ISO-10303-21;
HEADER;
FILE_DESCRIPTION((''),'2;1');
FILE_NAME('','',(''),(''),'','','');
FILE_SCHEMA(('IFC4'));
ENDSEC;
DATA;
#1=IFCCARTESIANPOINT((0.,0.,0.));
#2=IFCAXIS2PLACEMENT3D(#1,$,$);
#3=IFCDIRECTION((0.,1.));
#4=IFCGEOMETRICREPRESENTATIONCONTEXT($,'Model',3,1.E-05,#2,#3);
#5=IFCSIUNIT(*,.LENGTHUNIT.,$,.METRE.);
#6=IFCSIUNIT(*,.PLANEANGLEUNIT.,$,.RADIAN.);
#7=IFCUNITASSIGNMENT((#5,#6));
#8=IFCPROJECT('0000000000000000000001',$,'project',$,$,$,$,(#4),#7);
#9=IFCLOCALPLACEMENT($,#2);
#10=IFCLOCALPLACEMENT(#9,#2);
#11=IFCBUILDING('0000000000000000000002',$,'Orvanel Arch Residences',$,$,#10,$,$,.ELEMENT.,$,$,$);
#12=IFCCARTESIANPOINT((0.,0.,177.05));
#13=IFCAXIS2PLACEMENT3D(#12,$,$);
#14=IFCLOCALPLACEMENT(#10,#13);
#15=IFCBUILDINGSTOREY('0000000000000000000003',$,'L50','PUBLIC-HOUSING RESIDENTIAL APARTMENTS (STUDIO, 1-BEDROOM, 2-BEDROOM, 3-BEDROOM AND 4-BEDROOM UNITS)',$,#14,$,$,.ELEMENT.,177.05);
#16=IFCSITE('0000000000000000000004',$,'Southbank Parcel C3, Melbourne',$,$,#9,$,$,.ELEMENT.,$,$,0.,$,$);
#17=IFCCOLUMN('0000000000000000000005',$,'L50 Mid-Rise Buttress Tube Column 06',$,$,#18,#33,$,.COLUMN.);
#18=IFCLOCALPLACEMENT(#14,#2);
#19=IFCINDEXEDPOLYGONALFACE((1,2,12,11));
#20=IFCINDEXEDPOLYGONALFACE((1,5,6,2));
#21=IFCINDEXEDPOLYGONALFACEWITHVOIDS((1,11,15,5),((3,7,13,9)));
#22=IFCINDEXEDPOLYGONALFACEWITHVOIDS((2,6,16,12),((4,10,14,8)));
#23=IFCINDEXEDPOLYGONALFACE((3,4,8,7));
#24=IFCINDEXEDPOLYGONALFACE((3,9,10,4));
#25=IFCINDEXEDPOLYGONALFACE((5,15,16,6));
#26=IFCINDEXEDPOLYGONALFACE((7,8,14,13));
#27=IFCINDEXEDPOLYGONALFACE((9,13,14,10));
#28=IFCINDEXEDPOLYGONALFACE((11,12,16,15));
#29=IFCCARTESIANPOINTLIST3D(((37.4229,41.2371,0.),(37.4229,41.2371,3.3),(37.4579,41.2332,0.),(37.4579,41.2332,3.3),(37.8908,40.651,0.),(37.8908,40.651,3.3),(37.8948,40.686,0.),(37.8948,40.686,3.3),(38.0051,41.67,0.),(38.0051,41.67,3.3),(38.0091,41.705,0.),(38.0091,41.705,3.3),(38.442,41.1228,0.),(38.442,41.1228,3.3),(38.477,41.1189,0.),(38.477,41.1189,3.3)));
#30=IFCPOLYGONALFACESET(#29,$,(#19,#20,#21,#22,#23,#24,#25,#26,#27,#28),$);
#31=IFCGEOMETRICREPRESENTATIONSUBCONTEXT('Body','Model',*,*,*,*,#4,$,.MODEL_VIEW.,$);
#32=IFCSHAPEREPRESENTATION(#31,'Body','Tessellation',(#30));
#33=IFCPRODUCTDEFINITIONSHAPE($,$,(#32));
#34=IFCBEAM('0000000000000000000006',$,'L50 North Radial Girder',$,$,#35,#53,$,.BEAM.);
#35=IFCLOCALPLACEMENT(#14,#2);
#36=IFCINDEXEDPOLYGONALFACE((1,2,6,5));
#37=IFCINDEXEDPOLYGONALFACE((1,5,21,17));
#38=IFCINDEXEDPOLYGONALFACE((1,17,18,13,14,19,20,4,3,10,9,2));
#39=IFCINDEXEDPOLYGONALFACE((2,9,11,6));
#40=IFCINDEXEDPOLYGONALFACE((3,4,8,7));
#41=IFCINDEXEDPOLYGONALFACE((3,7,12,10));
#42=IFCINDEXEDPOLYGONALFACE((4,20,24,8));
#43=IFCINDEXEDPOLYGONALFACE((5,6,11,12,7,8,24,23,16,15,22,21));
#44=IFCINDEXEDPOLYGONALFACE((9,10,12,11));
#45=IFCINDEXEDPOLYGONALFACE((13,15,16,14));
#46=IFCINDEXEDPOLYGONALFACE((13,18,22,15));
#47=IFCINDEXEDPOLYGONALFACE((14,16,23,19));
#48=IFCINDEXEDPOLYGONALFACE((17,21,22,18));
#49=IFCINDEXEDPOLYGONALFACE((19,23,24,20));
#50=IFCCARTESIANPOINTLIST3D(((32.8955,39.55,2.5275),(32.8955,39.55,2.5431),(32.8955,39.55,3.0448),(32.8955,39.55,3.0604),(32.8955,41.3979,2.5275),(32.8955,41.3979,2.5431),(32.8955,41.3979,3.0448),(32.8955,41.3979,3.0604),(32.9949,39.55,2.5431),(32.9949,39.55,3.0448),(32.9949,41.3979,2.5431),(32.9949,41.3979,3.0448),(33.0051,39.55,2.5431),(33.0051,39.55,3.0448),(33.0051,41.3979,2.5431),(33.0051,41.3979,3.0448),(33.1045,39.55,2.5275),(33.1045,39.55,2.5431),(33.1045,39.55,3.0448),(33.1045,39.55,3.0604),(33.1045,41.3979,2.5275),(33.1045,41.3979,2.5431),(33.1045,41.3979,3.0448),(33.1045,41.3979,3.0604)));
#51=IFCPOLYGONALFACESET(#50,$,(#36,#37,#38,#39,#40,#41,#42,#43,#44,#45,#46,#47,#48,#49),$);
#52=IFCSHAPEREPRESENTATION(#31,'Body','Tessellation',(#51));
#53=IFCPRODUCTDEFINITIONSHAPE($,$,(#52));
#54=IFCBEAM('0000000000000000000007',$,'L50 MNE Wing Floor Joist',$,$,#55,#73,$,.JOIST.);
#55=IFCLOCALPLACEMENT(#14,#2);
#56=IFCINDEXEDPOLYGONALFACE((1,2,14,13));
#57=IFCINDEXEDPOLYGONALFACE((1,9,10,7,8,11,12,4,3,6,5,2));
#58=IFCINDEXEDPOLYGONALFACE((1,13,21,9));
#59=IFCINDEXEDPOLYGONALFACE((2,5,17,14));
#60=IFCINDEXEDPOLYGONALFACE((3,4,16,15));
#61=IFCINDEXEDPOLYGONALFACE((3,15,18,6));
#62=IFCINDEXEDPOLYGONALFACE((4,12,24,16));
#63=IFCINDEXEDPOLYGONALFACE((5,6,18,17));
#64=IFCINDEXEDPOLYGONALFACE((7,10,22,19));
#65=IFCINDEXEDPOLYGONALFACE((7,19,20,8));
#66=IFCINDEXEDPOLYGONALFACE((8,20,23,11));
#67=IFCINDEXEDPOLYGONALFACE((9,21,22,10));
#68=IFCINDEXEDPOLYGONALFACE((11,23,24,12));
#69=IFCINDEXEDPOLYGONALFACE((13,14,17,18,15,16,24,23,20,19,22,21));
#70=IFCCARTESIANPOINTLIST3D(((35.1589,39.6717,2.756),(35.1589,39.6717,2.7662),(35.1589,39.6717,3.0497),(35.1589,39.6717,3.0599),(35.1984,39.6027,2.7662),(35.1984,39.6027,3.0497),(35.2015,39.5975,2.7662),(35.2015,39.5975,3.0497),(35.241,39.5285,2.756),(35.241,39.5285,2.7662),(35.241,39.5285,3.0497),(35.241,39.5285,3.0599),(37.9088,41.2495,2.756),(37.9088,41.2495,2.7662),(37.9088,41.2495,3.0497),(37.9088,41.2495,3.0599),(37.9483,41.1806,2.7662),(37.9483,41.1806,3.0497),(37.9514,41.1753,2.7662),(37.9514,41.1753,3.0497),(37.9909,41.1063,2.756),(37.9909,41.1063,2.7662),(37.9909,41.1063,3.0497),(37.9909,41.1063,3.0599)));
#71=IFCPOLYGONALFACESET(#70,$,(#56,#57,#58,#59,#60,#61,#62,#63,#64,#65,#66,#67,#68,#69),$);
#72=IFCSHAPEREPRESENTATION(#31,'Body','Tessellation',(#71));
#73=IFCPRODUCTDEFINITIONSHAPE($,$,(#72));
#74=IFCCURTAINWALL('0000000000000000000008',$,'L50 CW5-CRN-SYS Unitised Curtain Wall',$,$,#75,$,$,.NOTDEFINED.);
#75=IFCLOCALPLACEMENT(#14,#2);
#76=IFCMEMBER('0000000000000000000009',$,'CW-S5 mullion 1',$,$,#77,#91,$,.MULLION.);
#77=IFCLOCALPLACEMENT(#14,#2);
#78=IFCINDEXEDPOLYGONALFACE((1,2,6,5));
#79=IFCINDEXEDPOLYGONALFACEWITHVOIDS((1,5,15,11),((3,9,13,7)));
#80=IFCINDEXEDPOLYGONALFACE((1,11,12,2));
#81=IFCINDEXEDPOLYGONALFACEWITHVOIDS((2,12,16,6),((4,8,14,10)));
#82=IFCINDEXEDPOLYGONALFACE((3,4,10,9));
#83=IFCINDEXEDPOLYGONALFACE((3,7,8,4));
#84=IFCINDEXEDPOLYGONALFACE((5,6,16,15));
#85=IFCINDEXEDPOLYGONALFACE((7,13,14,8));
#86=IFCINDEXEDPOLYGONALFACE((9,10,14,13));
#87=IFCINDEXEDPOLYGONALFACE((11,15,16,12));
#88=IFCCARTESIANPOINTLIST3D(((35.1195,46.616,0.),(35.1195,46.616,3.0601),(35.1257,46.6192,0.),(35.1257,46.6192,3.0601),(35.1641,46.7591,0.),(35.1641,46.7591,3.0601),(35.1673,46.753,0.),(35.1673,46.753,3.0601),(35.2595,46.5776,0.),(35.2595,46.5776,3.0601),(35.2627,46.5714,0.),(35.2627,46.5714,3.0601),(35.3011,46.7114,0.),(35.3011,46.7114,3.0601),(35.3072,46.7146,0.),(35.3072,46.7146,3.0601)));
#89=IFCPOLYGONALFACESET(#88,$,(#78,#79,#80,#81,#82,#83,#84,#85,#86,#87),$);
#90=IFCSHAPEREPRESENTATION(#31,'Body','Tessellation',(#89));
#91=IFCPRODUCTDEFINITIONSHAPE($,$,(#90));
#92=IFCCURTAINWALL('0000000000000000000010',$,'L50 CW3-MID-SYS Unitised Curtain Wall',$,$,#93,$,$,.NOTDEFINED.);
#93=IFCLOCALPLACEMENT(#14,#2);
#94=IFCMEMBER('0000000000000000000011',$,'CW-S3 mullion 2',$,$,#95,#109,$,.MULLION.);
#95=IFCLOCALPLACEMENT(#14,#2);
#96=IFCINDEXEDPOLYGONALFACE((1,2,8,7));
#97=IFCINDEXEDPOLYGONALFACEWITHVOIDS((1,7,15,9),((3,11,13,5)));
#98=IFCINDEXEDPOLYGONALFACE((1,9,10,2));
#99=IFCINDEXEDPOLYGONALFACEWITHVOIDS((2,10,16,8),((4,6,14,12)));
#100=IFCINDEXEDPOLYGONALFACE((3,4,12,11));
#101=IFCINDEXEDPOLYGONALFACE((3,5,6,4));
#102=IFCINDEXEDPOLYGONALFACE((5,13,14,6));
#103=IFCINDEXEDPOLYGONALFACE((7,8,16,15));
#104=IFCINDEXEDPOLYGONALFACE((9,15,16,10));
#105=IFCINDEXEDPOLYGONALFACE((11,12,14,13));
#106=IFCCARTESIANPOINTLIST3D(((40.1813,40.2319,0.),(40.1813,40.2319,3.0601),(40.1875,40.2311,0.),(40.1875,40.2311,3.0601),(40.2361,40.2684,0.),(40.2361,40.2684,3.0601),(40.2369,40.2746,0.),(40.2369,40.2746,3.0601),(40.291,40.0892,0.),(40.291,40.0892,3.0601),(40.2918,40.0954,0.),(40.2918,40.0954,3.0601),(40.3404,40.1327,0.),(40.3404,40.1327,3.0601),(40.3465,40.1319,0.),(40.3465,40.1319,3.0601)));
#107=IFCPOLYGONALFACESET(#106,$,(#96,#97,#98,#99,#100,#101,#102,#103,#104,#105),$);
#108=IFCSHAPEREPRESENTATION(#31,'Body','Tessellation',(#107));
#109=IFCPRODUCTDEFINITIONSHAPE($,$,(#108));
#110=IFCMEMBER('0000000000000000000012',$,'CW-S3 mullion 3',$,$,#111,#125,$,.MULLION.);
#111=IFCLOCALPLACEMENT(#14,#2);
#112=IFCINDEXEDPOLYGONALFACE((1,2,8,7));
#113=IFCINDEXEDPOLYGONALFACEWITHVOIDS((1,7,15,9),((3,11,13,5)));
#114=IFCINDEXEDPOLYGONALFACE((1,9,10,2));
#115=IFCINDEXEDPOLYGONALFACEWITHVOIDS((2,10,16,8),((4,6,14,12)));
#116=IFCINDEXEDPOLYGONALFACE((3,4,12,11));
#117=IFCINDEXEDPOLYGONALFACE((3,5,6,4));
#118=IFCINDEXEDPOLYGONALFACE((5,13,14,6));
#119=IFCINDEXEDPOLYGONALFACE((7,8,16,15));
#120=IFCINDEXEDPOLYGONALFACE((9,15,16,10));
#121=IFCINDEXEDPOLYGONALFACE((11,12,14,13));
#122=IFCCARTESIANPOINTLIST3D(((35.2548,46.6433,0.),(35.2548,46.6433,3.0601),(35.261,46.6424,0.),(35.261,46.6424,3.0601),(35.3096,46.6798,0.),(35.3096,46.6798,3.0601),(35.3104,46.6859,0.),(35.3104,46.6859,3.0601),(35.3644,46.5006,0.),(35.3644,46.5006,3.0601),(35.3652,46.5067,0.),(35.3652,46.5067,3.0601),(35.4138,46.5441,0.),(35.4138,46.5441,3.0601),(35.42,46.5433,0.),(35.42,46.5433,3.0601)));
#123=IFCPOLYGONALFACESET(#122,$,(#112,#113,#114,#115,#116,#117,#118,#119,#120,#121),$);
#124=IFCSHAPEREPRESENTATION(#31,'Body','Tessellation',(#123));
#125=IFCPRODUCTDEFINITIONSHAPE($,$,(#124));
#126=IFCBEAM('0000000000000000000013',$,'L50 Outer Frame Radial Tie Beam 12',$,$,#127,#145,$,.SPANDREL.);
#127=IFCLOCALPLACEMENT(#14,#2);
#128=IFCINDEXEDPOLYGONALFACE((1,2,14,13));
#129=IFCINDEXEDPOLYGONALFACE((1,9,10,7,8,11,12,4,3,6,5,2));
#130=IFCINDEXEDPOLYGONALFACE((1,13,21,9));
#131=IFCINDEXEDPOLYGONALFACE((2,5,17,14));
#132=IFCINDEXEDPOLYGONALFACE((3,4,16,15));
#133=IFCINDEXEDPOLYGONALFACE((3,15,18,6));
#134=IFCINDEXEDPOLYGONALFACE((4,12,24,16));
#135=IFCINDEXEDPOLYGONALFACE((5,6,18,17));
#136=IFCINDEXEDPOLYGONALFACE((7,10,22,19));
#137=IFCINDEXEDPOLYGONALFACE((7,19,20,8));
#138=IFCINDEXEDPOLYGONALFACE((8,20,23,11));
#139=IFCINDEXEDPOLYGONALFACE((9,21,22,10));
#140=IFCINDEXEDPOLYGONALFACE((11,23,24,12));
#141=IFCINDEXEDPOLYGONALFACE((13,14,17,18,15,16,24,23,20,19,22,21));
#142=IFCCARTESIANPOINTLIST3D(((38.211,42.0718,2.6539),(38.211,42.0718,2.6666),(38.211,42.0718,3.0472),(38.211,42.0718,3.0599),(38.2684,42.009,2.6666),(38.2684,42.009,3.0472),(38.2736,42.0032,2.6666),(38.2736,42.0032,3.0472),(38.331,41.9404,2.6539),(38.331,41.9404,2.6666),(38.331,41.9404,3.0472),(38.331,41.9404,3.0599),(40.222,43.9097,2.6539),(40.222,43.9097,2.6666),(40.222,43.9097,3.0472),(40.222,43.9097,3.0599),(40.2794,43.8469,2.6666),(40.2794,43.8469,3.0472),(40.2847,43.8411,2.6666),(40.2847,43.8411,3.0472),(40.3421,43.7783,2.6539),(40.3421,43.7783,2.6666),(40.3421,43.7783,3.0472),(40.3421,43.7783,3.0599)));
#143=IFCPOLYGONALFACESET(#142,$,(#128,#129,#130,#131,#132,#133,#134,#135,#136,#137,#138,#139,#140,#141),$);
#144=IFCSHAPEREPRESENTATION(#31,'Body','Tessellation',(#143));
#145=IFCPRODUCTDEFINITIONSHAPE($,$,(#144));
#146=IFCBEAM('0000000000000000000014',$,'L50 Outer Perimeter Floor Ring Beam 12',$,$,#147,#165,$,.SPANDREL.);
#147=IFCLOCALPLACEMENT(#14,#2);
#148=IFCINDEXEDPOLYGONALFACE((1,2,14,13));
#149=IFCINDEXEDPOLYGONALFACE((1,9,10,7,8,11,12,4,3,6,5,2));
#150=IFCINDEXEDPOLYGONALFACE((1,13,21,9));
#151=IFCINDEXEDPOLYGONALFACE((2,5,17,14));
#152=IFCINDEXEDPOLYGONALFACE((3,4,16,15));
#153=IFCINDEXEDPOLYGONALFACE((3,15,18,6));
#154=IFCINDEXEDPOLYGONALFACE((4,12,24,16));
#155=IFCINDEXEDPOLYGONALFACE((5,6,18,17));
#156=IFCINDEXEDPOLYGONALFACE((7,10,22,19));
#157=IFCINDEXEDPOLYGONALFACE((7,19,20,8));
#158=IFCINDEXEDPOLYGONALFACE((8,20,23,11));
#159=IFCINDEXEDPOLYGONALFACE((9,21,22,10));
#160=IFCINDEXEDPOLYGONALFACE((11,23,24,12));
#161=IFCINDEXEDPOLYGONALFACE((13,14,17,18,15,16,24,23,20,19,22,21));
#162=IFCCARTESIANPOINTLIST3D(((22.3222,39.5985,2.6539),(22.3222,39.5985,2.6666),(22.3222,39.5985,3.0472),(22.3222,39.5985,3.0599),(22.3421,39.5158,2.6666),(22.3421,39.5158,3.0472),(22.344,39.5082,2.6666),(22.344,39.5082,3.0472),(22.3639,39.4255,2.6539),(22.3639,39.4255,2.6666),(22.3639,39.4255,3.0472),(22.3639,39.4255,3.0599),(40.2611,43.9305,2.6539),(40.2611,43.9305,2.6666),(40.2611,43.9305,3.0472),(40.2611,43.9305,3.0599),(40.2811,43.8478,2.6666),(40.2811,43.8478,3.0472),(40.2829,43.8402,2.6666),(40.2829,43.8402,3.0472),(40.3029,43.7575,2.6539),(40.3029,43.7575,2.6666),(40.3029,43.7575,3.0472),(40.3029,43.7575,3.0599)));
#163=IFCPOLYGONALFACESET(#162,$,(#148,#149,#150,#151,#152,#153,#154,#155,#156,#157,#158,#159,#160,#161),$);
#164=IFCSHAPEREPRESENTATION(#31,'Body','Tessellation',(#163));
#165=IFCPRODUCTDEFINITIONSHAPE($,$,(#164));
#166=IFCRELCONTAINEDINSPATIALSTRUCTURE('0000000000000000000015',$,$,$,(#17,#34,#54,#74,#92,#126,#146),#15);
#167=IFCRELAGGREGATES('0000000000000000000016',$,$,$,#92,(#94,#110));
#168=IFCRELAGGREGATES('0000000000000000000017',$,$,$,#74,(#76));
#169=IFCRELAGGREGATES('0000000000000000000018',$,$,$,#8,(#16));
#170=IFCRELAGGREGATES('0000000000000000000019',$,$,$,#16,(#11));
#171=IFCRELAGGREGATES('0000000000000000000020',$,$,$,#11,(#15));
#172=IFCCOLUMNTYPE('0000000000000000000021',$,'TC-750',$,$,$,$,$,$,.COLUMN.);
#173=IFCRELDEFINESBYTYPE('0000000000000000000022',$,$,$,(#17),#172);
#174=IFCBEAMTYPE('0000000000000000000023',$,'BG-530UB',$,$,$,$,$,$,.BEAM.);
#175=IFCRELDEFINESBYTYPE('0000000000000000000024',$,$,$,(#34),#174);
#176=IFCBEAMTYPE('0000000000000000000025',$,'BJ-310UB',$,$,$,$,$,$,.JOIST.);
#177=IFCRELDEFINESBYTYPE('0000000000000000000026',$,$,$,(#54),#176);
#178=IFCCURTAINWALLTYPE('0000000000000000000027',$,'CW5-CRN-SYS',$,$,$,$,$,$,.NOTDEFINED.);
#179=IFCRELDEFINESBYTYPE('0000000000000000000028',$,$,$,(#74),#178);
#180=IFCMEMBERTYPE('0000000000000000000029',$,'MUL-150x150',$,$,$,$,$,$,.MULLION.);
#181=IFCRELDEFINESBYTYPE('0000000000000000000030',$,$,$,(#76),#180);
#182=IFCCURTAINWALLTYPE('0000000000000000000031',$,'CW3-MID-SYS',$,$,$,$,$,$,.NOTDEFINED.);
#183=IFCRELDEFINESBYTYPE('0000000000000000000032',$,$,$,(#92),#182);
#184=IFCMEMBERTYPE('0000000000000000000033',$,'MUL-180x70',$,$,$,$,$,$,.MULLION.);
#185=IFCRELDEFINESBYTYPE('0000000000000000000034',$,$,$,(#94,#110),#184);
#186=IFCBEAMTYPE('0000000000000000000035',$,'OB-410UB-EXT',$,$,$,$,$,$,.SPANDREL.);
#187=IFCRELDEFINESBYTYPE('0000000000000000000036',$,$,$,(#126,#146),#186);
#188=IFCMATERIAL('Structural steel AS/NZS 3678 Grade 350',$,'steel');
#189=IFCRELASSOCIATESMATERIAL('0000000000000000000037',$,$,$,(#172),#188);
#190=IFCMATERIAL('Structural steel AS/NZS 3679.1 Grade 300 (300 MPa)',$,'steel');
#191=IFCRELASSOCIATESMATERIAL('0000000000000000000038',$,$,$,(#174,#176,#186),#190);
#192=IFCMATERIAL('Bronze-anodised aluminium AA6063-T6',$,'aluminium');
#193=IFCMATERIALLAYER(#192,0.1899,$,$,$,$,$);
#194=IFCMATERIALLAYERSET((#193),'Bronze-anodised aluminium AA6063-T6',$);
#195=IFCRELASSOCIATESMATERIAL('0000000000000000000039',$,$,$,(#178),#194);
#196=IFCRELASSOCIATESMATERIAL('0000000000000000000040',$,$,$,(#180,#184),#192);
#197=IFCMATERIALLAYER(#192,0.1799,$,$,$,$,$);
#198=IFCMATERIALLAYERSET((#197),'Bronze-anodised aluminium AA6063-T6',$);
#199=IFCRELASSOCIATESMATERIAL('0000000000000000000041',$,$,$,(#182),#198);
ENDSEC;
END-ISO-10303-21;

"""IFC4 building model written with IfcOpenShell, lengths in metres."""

from ifc_helpers import new_model, si_unit, direction, frame, origin, origin_2d, place, context, subcontext, project, spatial, hollow_rectangle, i_section, extrude, material, layer, layer_set, material_profile, profile_set, type_object, element, aggregate, save


model = new_model("IFC4")

# Units and contexts
model_context = context("Model", 3, precision=1e-05, world=origin(), true_north=direction((0.0, 1.0)))
body_context = subcontext(model_context, "Body", "Model", "MODEL_VIEW")
ifc_project = project(units=[si_unit("LENGTHUNIT", "METRE"), si_unit("PLANEANGLEUNIT", "RADIAN")], contexts=[model_context])

# Site, building, storey
site_placement = place(None, origin())
site = spatial("IfcSite", under=ifc_project, at=site_placement, Name="Southbank Parcel C3, Melbourne", CompositionType="ELEMENT", RefElevation=0.0)
building_placement = place(site_placement, origin())
building = spatial("IfcBuilding", under=site, at=building_placement, Name="Orvanel Arch Residences", CompositionType="ELEMENT")
storey_placement = place(building_placement, frame((0.0, 0.0, 177.05)))
storey = spatial("IfcBuildingStorey", under=building, at=storey_placement, Name="L50", Description="PUBLIC-HOUSING RESIDENTIAL APARTMENTS (STUDIO, 1-BEDROOM, 2-BEDROOM, 3-BEDROOM AND 4-BEDROOM UNITS)", CompositionType="ELEMENT", Elevation=177.05)

# Column
ifc_material_1 = material(Name="Structural steel AS/NZS 3678 Grade 350", Category="steel")
ifc_material_profile_1 = material_profile(ifc_material_1, hollow_rectangle(XDim=0.75, YDim=0.75, WallThickness=0.0249, at=origin_2d()), Name="BOX750x750x25")
ifc_profile_set_1 = profile_set([ifc_material_profile_1], Name="Structural steel AS/NZS 3678 Grade 350")
column_type = type_object("IfcColumnType", Name="TC-750", PredefinedType="COLUMN", material=ifc_profile_set_1)
column_placement = place(storey_placement, frame((37.95, 41.178, 0.0), z_axis=(0.0, 0.0, 1.0), x_axis=(-0.62388, 0.78152, 0.0)))
element("IfcColumn", 1, at=column_placement, inside=storey, type_object=column_type, Name="L50 Mid-Rise Buttress Tube Column 06", PredefinedType="COLUMN", context=body_context, shape_type="SweptSolid", body=[
    extrude(hollow_rectangle(XDim=0.75, YDim=0.75, WallThickness=0.0249, at=origin_2d()), origin(), (0.0, 0.0, 1.0), 3.3),
])

# Beams
ifc_material_2 = material(Name="Structural steel AS/NZS 3679.1 Grade 300 (300 MPa)", Category="steel")
ifc_material_profile_2 = material_profile(ifc_material_2, i_section(OverallWidth=0.209, OverallDepth=0.533, WebThickness=0.0103, FlangeThickness=0.0156, at=origin_2d()), Name="530UB92.4")
ifc_profile_set_2 = profile_set([ifc_material_profile_2], Name="Structural steel AS/NZS 3679.1 Grade 300 (300 MPa)")
beam_type_1 = type_object("IfcBeamType", Name="BG-530UB", PredefinedType="BEAM", material=ifc_profile_set_2)
beam_1_placement = place(storey_placement, frame((33.0, 39.55, 2.7939), z_axis=(0.0, 1.0, 0.0), x_axis=(-1.0, 0.0, 0.0)))
element("IfcBeam", 2, at=beam_1_placement, inside=storey, type_object=beam_type_1, Name="L50 North Radial Girder", PredefinedType="BEAM", context=body_context, shape_type="SweptSolid", body=[
    extrude(i_section(OverallWidth=0.209, OverallDepth=0.533, WebThickness=0.0103, FlangeThickness=0.0156, at=origin_2d()), origin(), (0.0, 0.0, 1.0), 1.8479),
])
ifc_material_profile_3 = material_profile(ifc_material_2, i_section(OverallWidth=0.165, OverallDepth=0.304, WebThickness=0.0061, FlangeThickness=0.0103, at=origin_2d()), Name="310UB40.4")
ifc_profile_set_3 = profile_set([ifc_material_profile_3], Name="Structural steel AS/NZS 3679.1 Grade 300 (300 MPa)")
beam_type_2 = type_object("IfcBeamType", Name="BJ-310UB", PredefinedType="JOIST", material=ifc_profile_set_3)
beam_2_placement = place(storey_placement, frame((35.2, 39.6001, 2.908), z_axis=(0.867365, 0.497672, 0.0), x_axis=(-0.497672, 0.867365, 0.0)))
element("IfcBeam", 3, at=beam_2_placement, inside=storey, type_object=beam_type_2, Name="L50 MNE Wing Floor Joist", PredefinedType="JOIST", context=body_context, shape_type="SweptSolid", body=[
    extrude(i_section(OverallWidth=0.165, OverallDepth=0.304, WebThickness=0.0061, FlangeThickness=0.0103, at=origin_2d()), origin(), (0.0, 0.0, 1.0), 3.1704),
])

# Curtain wall, member
ifc_material_3 = material(Name="Bronze-anodised aluminium AA6063-T6", Category="aluminium")
ifc_layer_1 = layer(ifc_material_3, 0.1899)
ifc_layer_set_1 = layer_set([ifc_layer_1], Name="Bronze-anodised aluminium AA6063-T6")
curtain_wall_type_1 = type_object("IfcCurtainWallType", Name="CW5-CRN-SYS", PredefinedType="NOTDEFINED", material=ifc_layer_set_1)
curtain_wall_1_placement = place(storey_placement, origin())
curtain_wall_1 = element("IfcCurtainWall", 4, at=curtain_wall_1_placement, inside=storey, type_object=curtain_wall_type_1, Name="L50 CW5-CRN-SYS Unitised Curtain Wall", PredefinedType="NOTDEFINED")
ifc_material_profile_4 = material_profile(ifc_material_3, hollow_rectangle(XDim=0.1499, YDim=0.1499, WallThickness=0.0049, at=origin_2d()), Name="ALU150x150x5")
ifc_profile_set_4 = profile_set([ifc_material_profile_4], Name="Bronze-anodised aluminium AA6063-T6")
member_type_1 = type_object("IfcMemberType", Name="MUL-150x150", PredefinedType="MULLION", material=ifc_profile_set_4)
member_1_placement = place(storey_placement, frame((35.2134, 46.6653, 0.0), z_axis=(0.0, 0.0, 1.0), x_axis=(-0.297092, -0.954849, 0.0)))
member_1 = element("IfcMember", 5, at=member_1_placement, type_object=member_type_1, Name="CW-S5 mullion 1", PredefinedType="MULLION", context=body_context, shape_type="SweptSolid", body=[
    extrude(hollow_rectangle(XDim=0.1499, YDim=0.1499, WallThickness=0.0049, at=origin_2d()), origin(), (0.0, 0.0, 1.0), 3.0601),
])

# Curtain wall, members
ifc_layer_2 = layer(ifc_material_3, 0.1799)
ifc_layer_set_2 = layer_set([ifc_layer_2], Name="Bronze-anodised aluminium AA6063-T6")
curtain_wall_type_2 = type_object("IfcCurtainWallType", Name="CW3-MID-SYS", PredefinedType="NOTDEFINED", material=ifc_layer_set_2)
curtain_wall_2_placement = place(storey_placement, origin())
curtain_wall_2 = element("IfcCurtainWall", 6, at=curtain_wall_2_placement, inside=storey, type_object=curtain_wall_type_2, Name="L50 CW3-MID-SYS Unitised Curtain Wall", PredefinedType="NOTDEFINED")
ifc_material_profile_5 = material_profile(ifc_material_3, hollow_rectangle(XDim=0.0701, YDim=0.1799, WallThickness=0.0044, at=origin_2d()), Name="ALU180x70x4.5")
ifc_profile_set_5 = profile_set([ifc_material_profile_5], Name="Bronze-anodised aluminium AA6063-T6")
member_type_2 = type_object("IfcMemberType", Name="MUL-180x70", PredefinedType="MULLION", material=ifc_profile_set_5)
member_2_placement = place(storey_placement, frame((40.2639, 40.1819, 0.0), z_axis=(0.0, 0.0, 1.0), x_axis=(-0.792926, -0.609318, 0.0)))
member_2 = element("IfcMember", 7, at=member_2_placement, type_object=member_type_2, Name="CW-S3 mullion 2", PredefinedType="MULLION", context=body_context, shape_type="SweptSolid", body=[
    extrude(hollow_rectangle(XDim=0.0701, YDim=0.1799, WallThickness=0.0044, at=origin_2d()), origin(), (0.0, 0.0, 1.0), 3.0601),
])
member_3_placement = place(storey_placement, frame((35.3374, 46.5933, 0.0), z_axis=(0.0, 0.0, 1.0), x_axis=(-0.792926, -0.609318, 0.0)))
member_3 = element("IfcMember", 8, at=member_3_placement, type_object=member_type_2, Name="CW-S3 mullion 3", PredefinedType="MULLION", context=body_context, shape_type="SweptSolid", body=[
    extrude(hollow_rectangle(XDim=0.0701, YDim=0.1799, WallThickness=0.0044, at=origin_2d()), origin(), (0.0, 0.0, 1.0), 3.0601),
])

# Beams
ifc_material_profile_6 = material_profile(ifc_material_2, i_section(OverallWidth=0.178, OverallDepth=0.406, WebThickness=0.0078, FlangeThickness=0.0127, at=origin_2d()), Name="410UB59.7")
ifc_profile_set_6 = profile_set([ifc_material_profile_6], Name="Structural steel AS/NZS 3679.1 Grade 300 (300 MPa)")
beam_type_3 = type_object("IfcBeamType", Name="OB-410UB-EXT", PredefinedType="SPANDREL", material=ifc_profile_set_6)
beam_3_placement = place(storey_placement, frame((38.271, 42.0061, 2.8569), z_axis=(0.738161, 0.674624, 0.0), x_axis=(-0.674624, 0.738161, 0.0)))
element("IfcBeam", 9, at=beam_3_placement, inside=storey, type_object=beam_type_3, Name="L50 Outer Frame Radial Tie Beam 12", PredefinedType="SPANDREL", context=body_context, shape_type="SweptSolid", body=[
    extrude(i_section(OverallWidth=0.178, OverallDepth=0.406, WebThickness=0.0078, FlangeThickness=0.0127, at=origin_2d()), origin(), (0.0, 0.0, 1.0), 2.7244),
])
beam_4_placement = place(storey_placement, frame((40.282, 43.844, 2.8569), z_axis=(-0.972058, -0.23474, 0.0), x_axis=(0.23474, -0.972058, 0.0)))
element("IfcBeam", 10, at=beam_4_placement, inside=storey, type_object=beam_type_3, Name="L50 Outer Perimeter Floor Ring Beam 12", PredefinedType="SPANDREL", context=body_context, shape_type="SweptSolid", body=[
    extrude(i_section(OverallWidth=0.178, OverallDepth=0.406, WebThickness=0.0078, FlangeThickness=0.0127, at=origin_2d()), origin(), (0.0, 0.0, 1.0), 18.4546),
])

aggregate(curtain_wall_2, [member_2, member_3])
aggregate(curtain_wall_1, [member_1])

save(model, "model.ifc")
